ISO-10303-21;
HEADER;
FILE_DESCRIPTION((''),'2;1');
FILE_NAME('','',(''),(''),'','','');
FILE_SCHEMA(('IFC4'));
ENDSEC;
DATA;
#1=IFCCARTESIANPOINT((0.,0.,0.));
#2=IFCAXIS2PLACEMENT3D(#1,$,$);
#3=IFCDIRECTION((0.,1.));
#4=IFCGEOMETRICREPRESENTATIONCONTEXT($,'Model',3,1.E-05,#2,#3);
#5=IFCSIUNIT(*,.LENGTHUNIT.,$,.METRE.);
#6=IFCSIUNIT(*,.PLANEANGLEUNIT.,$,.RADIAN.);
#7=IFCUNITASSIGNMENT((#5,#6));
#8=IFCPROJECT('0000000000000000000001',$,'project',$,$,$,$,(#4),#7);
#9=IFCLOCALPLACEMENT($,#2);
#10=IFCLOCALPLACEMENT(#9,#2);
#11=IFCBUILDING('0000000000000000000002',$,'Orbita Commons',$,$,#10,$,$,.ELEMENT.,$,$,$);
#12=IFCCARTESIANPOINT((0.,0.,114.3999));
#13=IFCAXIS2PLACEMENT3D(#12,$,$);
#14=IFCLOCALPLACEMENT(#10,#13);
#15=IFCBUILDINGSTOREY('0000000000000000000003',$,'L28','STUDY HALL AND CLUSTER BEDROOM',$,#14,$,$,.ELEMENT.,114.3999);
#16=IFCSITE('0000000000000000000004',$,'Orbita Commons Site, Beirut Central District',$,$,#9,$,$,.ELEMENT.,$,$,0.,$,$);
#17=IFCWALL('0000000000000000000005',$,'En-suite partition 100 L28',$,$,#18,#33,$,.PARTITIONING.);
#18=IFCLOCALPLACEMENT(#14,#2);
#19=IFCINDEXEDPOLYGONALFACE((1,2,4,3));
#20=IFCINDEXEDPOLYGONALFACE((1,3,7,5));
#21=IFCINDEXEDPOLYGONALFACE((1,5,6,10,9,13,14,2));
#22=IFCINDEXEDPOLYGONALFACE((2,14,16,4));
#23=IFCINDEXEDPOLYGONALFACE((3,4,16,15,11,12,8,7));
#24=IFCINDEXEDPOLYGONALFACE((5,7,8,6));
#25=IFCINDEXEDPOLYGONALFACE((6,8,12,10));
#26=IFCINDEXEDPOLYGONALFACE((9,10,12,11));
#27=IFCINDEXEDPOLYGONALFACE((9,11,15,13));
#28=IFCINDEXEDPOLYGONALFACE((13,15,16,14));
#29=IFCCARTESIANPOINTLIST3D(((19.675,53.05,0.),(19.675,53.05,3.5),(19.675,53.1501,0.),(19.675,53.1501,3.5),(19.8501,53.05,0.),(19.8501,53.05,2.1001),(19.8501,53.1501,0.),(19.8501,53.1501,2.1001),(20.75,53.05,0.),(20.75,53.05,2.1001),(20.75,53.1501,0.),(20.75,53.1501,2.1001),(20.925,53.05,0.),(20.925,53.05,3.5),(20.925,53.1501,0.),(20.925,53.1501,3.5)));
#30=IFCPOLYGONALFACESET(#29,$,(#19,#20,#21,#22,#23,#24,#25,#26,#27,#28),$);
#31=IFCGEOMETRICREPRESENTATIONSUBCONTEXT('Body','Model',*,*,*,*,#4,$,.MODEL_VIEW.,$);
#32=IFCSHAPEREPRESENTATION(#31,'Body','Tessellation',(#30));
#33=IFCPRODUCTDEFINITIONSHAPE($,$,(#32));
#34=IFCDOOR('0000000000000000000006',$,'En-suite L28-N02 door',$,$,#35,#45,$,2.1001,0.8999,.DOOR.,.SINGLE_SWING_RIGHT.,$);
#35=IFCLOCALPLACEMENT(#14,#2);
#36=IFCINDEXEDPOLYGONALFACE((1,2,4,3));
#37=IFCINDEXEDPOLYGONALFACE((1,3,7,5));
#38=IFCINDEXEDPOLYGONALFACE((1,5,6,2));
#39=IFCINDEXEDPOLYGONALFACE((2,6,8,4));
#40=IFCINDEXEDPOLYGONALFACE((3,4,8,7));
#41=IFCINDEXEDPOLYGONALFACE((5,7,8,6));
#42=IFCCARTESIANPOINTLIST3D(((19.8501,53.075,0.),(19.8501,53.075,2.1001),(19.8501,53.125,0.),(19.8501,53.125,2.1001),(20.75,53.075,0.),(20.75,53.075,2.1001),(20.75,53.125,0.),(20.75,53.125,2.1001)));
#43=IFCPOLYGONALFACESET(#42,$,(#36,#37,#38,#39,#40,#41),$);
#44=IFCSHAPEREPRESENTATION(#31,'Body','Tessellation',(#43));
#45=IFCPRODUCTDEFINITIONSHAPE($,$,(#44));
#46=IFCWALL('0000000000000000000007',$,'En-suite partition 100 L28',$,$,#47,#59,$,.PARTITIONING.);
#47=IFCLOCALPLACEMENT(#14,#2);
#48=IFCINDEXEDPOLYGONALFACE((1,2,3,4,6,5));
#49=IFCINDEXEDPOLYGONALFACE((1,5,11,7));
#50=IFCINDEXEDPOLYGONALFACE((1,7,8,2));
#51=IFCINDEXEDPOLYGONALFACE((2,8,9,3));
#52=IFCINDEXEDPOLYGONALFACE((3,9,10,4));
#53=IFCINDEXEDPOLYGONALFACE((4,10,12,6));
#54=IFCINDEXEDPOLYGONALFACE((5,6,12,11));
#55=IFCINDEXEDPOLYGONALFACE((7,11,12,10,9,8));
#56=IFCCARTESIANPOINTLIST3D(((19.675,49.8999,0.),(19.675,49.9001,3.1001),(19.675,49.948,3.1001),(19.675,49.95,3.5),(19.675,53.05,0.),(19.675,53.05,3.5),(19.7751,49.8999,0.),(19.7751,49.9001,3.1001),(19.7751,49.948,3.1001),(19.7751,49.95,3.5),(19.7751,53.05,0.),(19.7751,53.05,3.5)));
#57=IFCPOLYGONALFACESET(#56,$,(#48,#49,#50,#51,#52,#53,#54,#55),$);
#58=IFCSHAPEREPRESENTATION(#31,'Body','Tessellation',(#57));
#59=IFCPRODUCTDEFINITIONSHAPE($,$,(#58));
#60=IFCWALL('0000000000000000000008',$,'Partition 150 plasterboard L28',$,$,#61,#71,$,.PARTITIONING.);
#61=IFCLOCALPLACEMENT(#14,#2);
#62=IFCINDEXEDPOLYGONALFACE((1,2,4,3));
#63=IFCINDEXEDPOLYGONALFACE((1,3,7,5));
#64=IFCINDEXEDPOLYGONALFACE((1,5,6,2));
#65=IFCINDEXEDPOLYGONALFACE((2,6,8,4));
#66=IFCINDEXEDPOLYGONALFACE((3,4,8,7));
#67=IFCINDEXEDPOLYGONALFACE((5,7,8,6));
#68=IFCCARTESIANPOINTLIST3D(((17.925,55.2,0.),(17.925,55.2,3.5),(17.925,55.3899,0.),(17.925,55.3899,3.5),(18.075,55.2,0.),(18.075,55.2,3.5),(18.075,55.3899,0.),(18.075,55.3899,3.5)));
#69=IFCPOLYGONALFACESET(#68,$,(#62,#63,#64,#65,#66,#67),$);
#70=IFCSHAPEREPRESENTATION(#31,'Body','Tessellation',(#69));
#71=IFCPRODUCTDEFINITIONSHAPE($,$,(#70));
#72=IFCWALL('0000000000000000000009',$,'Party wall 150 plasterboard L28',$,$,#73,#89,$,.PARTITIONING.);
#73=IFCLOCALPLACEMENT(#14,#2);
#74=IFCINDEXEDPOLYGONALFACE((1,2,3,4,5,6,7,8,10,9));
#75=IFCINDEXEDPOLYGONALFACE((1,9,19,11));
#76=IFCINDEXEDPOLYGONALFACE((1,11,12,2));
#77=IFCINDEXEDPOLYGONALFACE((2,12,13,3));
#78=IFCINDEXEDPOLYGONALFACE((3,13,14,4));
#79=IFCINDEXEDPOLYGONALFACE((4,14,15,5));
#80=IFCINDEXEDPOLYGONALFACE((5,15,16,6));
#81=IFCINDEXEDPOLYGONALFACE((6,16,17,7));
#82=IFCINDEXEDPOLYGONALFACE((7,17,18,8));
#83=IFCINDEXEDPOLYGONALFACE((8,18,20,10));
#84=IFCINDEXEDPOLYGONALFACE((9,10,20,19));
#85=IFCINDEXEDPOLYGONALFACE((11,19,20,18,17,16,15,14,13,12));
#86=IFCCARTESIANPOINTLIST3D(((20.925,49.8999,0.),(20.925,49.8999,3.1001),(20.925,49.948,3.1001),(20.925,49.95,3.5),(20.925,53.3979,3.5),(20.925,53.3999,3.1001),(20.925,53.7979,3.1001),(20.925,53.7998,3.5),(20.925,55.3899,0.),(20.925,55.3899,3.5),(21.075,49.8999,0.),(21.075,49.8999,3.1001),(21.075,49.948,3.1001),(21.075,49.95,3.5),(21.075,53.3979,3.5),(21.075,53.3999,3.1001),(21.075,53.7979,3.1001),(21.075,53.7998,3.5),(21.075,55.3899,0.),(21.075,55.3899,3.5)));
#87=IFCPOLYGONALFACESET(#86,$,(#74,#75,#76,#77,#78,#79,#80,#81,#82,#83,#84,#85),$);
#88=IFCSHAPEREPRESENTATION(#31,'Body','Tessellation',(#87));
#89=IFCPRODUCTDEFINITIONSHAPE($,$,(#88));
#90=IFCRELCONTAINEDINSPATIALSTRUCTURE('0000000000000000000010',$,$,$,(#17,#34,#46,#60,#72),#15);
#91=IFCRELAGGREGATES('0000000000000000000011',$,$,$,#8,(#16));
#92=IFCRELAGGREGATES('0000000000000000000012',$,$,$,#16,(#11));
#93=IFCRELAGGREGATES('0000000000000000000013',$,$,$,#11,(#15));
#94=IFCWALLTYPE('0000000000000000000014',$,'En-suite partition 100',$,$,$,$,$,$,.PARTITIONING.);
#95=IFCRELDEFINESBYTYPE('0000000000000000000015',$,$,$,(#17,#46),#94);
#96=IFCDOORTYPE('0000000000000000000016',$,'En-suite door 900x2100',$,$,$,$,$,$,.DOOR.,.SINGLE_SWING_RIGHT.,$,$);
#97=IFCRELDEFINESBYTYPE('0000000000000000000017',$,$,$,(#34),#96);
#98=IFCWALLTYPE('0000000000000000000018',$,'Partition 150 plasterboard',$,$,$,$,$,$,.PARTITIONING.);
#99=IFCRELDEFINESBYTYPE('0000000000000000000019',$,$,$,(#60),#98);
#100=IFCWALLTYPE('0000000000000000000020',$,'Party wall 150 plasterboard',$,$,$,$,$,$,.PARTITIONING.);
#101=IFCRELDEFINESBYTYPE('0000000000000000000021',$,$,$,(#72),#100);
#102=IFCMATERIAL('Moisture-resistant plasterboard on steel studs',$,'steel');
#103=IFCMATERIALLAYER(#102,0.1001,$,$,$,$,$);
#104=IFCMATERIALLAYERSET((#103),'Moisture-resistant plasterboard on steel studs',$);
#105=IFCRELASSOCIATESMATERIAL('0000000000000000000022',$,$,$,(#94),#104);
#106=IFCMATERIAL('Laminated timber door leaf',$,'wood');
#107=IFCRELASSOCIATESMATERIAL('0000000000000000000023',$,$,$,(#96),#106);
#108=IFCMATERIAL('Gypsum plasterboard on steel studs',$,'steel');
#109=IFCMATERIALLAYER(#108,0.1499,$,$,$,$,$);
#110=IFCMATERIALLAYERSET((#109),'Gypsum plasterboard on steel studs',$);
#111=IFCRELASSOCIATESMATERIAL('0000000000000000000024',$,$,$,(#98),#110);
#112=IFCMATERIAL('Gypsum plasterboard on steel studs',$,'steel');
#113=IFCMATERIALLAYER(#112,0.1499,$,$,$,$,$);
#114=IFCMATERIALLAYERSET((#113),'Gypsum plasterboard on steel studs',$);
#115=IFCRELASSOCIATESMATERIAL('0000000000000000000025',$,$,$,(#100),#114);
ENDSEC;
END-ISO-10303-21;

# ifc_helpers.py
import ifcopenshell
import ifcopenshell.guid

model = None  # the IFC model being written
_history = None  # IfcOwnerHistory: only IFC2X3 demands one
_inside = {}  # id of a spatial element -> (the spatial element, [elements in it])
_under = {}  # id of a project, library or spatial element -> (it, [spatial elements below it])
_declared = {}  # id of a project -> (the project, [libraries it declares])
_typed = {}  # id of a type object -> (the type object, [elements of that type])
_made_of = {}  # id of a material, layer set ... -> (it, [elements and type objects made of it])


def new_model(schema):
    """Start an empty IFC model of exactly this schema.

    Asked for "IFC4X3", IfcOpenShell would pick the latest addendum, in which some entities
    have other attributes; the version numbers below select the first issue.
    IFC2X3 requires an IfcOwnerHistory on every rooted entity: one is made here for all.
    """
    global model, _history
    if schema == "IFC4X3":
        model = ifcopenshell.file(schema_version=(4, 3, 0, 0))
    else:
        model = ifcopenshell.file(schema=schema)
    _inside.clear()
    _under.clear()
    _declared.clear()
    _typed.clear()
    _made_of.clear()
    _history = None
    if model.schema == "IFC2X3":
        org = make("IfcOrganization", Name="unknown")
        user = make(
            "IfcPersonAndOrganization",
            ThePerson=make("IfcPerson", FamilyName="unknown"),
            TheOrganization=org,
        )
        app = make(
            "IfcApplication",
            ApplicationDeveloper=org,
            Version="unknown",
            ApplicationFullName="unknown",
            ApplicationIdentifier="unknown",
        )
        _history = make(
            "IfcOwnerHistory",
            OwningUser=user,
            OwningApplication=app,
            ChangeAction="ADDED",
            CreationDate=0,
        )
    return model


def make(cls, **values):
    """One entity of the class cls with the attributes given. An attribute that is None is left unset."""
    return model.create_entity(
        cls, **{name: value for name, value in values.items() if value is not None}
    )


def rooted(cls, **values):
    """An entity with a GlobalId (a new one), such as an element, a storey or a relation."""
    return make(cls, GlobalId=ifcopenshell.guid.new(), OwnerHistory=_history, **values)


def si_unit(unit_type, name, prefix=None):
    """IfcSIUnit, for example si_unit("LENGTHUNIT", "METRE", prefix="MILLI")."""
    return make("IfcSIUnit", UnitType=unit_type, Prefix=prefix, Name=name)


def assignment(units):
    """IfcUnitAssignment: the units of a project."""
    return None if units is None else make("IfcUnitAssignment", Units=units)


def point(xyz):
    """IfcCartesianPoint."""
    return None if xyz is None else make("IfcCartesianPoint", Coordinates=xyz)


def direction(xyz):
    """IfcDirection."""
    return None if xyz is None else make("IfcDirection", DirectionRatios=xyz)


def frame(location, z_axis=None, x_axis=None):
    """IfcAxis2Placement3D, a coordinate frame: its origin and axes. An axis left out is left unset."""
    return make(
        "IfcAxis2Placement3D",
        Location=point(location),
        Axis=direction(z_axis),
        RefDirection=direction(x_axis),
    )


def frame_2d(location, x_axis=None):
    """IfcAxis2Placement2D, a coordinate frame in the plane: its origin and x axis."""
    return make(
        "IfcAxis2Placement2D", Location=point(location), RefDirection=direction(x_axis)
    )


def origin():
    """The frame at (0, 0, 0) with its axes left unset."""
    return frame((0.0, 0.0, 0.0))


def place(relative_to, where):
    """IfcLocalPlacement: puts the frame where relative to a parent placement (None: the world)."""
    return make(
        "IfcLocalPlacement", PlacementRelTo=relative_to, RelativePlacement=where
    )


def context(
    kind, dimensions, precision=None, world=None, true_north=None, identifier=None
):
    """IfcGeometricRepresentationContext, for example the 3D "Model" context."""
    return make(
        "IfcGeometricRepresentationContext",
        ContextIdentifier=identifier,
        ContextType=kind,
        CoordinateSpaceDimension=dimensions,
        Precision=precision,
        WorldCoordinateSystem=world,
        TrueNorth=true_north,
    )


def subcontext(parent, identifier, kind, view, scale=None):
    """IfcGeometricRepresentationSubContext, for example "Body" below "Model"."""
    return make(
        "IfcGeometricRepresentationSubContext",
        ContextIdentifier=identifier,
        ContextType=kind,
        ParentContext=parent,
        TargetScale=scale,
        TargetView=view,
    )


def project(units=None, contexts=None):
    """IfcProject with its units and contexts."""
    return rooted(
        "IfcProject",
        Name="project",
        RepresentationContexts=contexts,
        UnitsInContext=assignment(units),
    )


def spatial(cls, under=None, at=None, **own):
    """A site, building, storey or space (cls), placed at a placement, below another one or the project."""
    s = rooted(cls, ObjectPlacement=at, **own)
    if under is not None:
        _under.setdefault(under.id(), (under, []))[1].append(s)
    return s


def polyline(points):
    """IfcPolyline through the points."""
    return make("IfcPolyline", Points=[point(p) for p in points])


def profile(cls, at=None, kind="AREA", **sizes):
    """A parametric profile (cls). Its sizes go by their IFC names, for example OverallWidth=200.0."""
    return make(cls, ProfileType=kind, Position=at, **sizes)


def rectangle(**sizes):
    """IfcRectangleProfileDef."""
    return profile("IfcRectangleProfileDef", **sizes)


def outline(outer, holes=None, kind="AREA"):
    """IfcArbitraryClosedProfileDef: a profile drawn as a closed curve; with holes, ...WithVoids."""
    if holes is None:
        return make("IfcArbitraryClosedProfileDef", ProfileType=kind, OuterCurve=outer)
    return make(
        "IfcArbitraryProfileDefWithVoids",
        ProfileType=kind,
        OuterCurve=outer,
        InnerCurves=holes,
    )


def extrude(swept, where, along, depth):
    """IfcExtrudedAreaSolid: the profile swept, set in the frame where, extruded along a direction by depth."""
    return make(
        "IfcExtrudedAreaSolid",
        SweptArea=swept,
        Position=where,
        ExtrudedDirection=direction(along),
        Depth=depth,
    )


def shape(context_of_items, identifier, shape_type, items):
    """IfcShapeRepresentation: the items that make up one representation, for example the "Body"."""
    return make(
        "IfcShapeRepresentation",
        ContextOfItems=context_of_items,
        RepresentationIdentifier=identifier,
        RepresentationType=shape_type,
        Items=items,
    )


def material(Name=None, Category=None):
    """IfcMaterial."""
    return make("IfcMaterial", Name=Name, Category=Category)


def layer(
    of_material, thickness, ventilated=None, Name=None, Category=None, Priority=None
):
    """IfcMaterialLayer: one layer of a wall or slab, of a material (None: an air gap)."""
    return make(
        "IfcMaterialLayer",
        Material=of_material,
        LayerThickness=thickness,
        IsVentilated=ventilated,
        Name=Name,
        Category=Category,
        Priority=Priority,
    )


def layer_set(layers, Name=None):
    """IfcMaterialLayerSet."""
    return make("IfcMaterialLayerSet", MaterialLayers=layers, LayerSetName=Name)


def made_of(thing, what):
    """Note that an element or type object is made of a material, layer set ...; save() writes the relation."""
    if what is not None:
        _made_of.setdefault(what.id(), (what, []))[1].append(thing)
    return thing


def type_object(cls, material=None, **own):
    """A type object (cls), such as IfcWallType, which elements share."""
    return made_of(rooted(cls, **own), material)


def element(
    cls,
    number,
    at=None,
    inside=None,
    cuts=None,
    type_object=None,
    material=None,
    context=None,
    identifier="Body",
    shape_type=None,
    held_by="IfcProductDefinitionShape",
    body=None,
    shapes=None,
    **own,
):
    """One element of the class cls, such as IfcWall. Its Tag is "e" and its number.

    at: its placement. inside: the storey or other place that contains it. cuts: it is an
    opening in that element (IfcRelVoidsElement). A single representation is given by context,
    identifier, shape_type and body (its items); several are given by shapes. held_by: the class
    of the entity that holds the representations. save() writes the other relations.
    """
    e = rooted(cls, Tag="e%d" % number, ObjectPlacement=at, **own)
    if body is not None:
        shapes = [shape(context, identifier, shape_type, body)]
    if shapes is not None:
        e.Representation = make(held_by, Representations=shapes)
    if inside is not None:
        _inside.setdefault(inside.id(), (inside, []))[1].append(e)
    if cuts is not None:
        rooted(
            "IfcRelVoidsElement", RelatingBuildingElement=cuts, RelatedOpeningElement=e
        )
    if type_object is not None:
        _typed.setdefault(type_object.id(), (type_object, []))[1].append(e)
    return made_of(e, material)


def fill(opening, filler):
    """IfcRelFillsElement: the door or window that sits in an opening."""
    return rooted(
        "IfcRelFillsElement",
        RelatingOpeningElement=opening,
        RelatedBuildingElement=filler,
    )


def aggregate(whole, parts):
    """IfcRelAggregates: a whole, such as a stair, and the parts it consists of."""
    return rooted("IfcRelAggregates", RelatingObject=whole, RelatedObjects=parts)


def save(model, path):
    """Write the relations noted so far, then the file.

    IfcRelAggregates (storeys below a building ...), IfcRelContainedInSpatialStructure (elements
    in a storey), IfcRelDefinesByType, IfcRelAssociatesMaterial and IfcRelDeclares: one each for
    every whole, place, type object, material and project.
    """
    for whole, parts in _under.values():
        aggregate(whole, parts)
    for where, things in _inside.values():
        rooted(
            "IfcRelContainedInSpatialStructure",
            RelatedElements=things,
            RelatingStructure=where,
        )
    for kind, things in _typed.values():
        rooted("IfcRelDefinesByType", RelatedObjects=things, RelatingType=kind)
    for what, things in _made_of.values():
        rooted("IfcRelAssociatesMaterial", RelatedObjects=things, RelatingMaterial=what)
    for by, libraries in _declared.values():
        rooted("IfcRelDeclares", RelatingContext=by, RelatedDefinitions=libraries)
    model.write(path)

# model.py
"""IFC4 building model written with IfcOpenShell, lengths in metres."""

from ifc_helpers import new_model, si_unit, direction, frame, frame_2d, origin, place, context, subcontext, project, spatial, polyline, rectangle, outline, extrude, material, layer, layer_set, type_object, element, fill, save


model = new_model("IFC4")

# Units and contexts
model_context = context("Model", 3, precision=1e-05, world=origin(), true_north=direction((0.0, 1.0)))
body_context = subcontext(model_context, "Body", "Model", "MODEL_VIEW")
ifc_project = project(units=[si_unit("LENGTHUNIT", "METRE"), si_unit("PLANEANGLEUNIT", "RADIAN")], contexts=[model_context])

# Site, building, storey
site_placement = place(None, origin())
site = spatial("IfcSite", under=ifc_project, at=site_placement, Name="Orbita Commons Site, Beirut Central District", CompositionType="ELEMENT", RefElevation=0.0)
building_placement = place(site_placement, origin())
building = spatial("IfcBuilding", under=site, at=building_placement, Name="Orbita Commons", CompositionType="ELEMENT")
storey_placement = place(building_placement, frame((0.0, 0.0, 114.3999)))
storey = spatial("IfcBuildingStorey", under=building, at=storey_placement, Name="L28", Description="STUDY HALL AND CLUSTER BEDROOM", CompositionType="ELEMENT", Elevation=114.3999)

# Shared definitions
ifc_material_1 = material(Name="Moisture-resistant plasterboard on steel studs", Category="steel")
ifc_layer_1 = layer(ifc_material_1, 0.1001)
ifc_layer_set_1 = layer_set([ifc_layer_1], Name="Moisture-resistant plasterboard on steel studs")
wall_type_1 = type_object("IfcWallType", Name="En-suite partition 100", PredefinedType="PARTITIONING", material=ifc_layer_set_1)

# Wall, opening, door
wall_1_placement = place(storey_placement, frame((19.675, 53.1001, 0.0), z_axis=(0.0, 0.0, 1.0), x_axis=(1.0, 0.0, 0.0)))
wall_1 = element("IfcWall", 1, at=wall_1_placement, inside=storey, type_object=wall_type_1, Name="En-suite partition 100 L28", PredefinedType="PARTITIONING", context=body_context, shape_type="SweptSolid", body=[
    extrude(rectangle(XDim=1.25, YDim=0.1001, at=frame_2d((0.625, 0.0))), origin(), (0.0, 0.0, 1.0), 3.5),
])
opening_placement = place(wall_1_placement, frame((0.175, 0.0, 0.0)))
opening = element("IfcOpeningElement", 2, at=opening_placement, cuts=wall_1, PredefinedType="OPENING", context=body_context, shape_type="SweptSolid", body=[
    extrude(rectangle(XDim=0.8999, YDim=2.1001, at=frame_2d((0.45, 1.05))), frame((0.0, 0.0601, 0.0), z_axis=(0.0, -1.0, 0.0), x_axis=(1.0, 0.0, 0.0)), (0.0, 0.0, 1.0), 0.1201),
])
ifc_material_2 = material(Name="Laminated timber door leaf", Category="wood")
door_type = type_object("IfcDoorType", Name="En-suite door 900x2100", OperationType="SINGLE_SWING_RIGHT", PredefinedType="DOOR", material=ifc_material_2)
door_placement = place(opening_placement, origin())
door = element("IfcDoor", 3, at=door_placement, inside=storey, type_object=door_type, Name="En-suite L28-N02 door", OperationType="SINGLE_SWING_RIGHT", OverallHeight=2.1001, OverallWidth=0.8999, PredefinedType="DOOR", context=body_context, shape_type="SweptSolid", body=[
    extrude(rectangle(XDim=0.8999, YDim=2.1001, at=frame_2d((0.45, 1.05))), frame((0.0, 0.0249, 0.0), z_axis=(0.0, -1.0, 0.0), x_axis=(1.0, 0.0, 0.0)), (0.0, 0.0, 1.0), 0.05),
])
fill(opening, door)

# Walls
wall_2_placement = place(storey_placement, frame((19.7251, 53.05, 0.0), z_axis=(0.0, 0.0, 1.0), x_axis=(0.0, -1.0, 0.0)))
element("IfcWall", 4, at=wall_2_placement, inside=storey, type_object=wall_type_1, Name="En-suite partition 100 L28", PredefinedType="PARTITIONING", context=body_context, shape_type="SweptSolid", body=[
    extrude(outline(polyline([(0.0, 0.0), (3.1501, 0.0), (3.1499, 3.1001), (3.1021, 3.1001), (3.1001, 3.5), (0.0, 3.5), (0.0, 0.0)])), frame((0.0, 0.05, 0.0), z_axis=(0.0, -1.0, 0.0), x_axis=(1.0, 0.0, 0.0)), (0.0, 0.0, 1.0), 0.1001),
])
ifc_material_3 = material(Name="Gypsum plasterboard on steel studs", Category="steel")
ifc_layer_2 = layer(ifc_material_3, 0.1499)
ifc_layer_set_2 = layer_set([ifc_layer_2], Name="Gypsum plasterboard on steel studs")
wall_type_2 = type_object("IfcWallType", Name="Partition 150 plasterboard", PredefinedType="PARTITIONING", material=ifc_layer_set_2)
wall_3_placement = place(storey_placement, frame((18.0, 55.2, 0.0), z_axis=(0.0, 0.0, 1.0), x_axis=(0.0, 1.0, 0.0)))
element("IfcWall", 5, at=wall_3_placement, inside=storey, type_object=wall_type_2, Name="Partition 150 plasterboard L28", PredefinedType="PARTITIONING", context=body_context, shape_type="SweptSolid", body=[
    extrude(rectangle(XDim=0.1899, YDim=0.1499, at=frame_2d((0.095, 0.0))), origin(), (0.0, 0.0, 1.0), 3.5),
])
ifc_material_4 = material(Name="Gypsum plasterboard on steel studs", Category="steel")
ifc_layer_3 = layer(ifc_material_4, 0.1499)
ifc_layer_set_3 = layer_set([ifc_layer_3], Name="Gypsum plasterboard on steel studs")
wall_type_3 = type_object("IfcWallType", Name="Party wall 150 plasterboard", PredefinedType="PARTITIONING", material=ifc_layer_set_3)
wall_4_placement = place(storey_placement, frame((21.0, 55.3899, 0.0), z_axis=(0.0, 0.0, 1.0), x_axis=(0.0, -1.0, 0.0)))
element("IfcWall", 6, at=wall_4_placement, inside=storey, type_object=wall_type_3, Name="Party wall 150 plasterboard L28", PredefinedType="PARTITIONING", context=body_context, shape_type="SweptSolid", body=[
    extrude(outline(polyline([(0.0, 0.0), (5.49, 0.0), (5.49, 3.1001), (5.4419, 3.1001), (5.4399, 3.5), (1.9919, 3.5), (1.99, 3.1001), (1.592, 3.1001), (1.5901, 3.5), (0.0, 3.5), (0.0, 0.0)])), frame((0.0, 0.075, 0.0), z_axis=(0.0, -1.0, 0.0), x_axis=(1.0, 0.0, 0.0)), (0.0, 0.0, 1.0), 0.1499),
])

save(model, "model.ifc")
